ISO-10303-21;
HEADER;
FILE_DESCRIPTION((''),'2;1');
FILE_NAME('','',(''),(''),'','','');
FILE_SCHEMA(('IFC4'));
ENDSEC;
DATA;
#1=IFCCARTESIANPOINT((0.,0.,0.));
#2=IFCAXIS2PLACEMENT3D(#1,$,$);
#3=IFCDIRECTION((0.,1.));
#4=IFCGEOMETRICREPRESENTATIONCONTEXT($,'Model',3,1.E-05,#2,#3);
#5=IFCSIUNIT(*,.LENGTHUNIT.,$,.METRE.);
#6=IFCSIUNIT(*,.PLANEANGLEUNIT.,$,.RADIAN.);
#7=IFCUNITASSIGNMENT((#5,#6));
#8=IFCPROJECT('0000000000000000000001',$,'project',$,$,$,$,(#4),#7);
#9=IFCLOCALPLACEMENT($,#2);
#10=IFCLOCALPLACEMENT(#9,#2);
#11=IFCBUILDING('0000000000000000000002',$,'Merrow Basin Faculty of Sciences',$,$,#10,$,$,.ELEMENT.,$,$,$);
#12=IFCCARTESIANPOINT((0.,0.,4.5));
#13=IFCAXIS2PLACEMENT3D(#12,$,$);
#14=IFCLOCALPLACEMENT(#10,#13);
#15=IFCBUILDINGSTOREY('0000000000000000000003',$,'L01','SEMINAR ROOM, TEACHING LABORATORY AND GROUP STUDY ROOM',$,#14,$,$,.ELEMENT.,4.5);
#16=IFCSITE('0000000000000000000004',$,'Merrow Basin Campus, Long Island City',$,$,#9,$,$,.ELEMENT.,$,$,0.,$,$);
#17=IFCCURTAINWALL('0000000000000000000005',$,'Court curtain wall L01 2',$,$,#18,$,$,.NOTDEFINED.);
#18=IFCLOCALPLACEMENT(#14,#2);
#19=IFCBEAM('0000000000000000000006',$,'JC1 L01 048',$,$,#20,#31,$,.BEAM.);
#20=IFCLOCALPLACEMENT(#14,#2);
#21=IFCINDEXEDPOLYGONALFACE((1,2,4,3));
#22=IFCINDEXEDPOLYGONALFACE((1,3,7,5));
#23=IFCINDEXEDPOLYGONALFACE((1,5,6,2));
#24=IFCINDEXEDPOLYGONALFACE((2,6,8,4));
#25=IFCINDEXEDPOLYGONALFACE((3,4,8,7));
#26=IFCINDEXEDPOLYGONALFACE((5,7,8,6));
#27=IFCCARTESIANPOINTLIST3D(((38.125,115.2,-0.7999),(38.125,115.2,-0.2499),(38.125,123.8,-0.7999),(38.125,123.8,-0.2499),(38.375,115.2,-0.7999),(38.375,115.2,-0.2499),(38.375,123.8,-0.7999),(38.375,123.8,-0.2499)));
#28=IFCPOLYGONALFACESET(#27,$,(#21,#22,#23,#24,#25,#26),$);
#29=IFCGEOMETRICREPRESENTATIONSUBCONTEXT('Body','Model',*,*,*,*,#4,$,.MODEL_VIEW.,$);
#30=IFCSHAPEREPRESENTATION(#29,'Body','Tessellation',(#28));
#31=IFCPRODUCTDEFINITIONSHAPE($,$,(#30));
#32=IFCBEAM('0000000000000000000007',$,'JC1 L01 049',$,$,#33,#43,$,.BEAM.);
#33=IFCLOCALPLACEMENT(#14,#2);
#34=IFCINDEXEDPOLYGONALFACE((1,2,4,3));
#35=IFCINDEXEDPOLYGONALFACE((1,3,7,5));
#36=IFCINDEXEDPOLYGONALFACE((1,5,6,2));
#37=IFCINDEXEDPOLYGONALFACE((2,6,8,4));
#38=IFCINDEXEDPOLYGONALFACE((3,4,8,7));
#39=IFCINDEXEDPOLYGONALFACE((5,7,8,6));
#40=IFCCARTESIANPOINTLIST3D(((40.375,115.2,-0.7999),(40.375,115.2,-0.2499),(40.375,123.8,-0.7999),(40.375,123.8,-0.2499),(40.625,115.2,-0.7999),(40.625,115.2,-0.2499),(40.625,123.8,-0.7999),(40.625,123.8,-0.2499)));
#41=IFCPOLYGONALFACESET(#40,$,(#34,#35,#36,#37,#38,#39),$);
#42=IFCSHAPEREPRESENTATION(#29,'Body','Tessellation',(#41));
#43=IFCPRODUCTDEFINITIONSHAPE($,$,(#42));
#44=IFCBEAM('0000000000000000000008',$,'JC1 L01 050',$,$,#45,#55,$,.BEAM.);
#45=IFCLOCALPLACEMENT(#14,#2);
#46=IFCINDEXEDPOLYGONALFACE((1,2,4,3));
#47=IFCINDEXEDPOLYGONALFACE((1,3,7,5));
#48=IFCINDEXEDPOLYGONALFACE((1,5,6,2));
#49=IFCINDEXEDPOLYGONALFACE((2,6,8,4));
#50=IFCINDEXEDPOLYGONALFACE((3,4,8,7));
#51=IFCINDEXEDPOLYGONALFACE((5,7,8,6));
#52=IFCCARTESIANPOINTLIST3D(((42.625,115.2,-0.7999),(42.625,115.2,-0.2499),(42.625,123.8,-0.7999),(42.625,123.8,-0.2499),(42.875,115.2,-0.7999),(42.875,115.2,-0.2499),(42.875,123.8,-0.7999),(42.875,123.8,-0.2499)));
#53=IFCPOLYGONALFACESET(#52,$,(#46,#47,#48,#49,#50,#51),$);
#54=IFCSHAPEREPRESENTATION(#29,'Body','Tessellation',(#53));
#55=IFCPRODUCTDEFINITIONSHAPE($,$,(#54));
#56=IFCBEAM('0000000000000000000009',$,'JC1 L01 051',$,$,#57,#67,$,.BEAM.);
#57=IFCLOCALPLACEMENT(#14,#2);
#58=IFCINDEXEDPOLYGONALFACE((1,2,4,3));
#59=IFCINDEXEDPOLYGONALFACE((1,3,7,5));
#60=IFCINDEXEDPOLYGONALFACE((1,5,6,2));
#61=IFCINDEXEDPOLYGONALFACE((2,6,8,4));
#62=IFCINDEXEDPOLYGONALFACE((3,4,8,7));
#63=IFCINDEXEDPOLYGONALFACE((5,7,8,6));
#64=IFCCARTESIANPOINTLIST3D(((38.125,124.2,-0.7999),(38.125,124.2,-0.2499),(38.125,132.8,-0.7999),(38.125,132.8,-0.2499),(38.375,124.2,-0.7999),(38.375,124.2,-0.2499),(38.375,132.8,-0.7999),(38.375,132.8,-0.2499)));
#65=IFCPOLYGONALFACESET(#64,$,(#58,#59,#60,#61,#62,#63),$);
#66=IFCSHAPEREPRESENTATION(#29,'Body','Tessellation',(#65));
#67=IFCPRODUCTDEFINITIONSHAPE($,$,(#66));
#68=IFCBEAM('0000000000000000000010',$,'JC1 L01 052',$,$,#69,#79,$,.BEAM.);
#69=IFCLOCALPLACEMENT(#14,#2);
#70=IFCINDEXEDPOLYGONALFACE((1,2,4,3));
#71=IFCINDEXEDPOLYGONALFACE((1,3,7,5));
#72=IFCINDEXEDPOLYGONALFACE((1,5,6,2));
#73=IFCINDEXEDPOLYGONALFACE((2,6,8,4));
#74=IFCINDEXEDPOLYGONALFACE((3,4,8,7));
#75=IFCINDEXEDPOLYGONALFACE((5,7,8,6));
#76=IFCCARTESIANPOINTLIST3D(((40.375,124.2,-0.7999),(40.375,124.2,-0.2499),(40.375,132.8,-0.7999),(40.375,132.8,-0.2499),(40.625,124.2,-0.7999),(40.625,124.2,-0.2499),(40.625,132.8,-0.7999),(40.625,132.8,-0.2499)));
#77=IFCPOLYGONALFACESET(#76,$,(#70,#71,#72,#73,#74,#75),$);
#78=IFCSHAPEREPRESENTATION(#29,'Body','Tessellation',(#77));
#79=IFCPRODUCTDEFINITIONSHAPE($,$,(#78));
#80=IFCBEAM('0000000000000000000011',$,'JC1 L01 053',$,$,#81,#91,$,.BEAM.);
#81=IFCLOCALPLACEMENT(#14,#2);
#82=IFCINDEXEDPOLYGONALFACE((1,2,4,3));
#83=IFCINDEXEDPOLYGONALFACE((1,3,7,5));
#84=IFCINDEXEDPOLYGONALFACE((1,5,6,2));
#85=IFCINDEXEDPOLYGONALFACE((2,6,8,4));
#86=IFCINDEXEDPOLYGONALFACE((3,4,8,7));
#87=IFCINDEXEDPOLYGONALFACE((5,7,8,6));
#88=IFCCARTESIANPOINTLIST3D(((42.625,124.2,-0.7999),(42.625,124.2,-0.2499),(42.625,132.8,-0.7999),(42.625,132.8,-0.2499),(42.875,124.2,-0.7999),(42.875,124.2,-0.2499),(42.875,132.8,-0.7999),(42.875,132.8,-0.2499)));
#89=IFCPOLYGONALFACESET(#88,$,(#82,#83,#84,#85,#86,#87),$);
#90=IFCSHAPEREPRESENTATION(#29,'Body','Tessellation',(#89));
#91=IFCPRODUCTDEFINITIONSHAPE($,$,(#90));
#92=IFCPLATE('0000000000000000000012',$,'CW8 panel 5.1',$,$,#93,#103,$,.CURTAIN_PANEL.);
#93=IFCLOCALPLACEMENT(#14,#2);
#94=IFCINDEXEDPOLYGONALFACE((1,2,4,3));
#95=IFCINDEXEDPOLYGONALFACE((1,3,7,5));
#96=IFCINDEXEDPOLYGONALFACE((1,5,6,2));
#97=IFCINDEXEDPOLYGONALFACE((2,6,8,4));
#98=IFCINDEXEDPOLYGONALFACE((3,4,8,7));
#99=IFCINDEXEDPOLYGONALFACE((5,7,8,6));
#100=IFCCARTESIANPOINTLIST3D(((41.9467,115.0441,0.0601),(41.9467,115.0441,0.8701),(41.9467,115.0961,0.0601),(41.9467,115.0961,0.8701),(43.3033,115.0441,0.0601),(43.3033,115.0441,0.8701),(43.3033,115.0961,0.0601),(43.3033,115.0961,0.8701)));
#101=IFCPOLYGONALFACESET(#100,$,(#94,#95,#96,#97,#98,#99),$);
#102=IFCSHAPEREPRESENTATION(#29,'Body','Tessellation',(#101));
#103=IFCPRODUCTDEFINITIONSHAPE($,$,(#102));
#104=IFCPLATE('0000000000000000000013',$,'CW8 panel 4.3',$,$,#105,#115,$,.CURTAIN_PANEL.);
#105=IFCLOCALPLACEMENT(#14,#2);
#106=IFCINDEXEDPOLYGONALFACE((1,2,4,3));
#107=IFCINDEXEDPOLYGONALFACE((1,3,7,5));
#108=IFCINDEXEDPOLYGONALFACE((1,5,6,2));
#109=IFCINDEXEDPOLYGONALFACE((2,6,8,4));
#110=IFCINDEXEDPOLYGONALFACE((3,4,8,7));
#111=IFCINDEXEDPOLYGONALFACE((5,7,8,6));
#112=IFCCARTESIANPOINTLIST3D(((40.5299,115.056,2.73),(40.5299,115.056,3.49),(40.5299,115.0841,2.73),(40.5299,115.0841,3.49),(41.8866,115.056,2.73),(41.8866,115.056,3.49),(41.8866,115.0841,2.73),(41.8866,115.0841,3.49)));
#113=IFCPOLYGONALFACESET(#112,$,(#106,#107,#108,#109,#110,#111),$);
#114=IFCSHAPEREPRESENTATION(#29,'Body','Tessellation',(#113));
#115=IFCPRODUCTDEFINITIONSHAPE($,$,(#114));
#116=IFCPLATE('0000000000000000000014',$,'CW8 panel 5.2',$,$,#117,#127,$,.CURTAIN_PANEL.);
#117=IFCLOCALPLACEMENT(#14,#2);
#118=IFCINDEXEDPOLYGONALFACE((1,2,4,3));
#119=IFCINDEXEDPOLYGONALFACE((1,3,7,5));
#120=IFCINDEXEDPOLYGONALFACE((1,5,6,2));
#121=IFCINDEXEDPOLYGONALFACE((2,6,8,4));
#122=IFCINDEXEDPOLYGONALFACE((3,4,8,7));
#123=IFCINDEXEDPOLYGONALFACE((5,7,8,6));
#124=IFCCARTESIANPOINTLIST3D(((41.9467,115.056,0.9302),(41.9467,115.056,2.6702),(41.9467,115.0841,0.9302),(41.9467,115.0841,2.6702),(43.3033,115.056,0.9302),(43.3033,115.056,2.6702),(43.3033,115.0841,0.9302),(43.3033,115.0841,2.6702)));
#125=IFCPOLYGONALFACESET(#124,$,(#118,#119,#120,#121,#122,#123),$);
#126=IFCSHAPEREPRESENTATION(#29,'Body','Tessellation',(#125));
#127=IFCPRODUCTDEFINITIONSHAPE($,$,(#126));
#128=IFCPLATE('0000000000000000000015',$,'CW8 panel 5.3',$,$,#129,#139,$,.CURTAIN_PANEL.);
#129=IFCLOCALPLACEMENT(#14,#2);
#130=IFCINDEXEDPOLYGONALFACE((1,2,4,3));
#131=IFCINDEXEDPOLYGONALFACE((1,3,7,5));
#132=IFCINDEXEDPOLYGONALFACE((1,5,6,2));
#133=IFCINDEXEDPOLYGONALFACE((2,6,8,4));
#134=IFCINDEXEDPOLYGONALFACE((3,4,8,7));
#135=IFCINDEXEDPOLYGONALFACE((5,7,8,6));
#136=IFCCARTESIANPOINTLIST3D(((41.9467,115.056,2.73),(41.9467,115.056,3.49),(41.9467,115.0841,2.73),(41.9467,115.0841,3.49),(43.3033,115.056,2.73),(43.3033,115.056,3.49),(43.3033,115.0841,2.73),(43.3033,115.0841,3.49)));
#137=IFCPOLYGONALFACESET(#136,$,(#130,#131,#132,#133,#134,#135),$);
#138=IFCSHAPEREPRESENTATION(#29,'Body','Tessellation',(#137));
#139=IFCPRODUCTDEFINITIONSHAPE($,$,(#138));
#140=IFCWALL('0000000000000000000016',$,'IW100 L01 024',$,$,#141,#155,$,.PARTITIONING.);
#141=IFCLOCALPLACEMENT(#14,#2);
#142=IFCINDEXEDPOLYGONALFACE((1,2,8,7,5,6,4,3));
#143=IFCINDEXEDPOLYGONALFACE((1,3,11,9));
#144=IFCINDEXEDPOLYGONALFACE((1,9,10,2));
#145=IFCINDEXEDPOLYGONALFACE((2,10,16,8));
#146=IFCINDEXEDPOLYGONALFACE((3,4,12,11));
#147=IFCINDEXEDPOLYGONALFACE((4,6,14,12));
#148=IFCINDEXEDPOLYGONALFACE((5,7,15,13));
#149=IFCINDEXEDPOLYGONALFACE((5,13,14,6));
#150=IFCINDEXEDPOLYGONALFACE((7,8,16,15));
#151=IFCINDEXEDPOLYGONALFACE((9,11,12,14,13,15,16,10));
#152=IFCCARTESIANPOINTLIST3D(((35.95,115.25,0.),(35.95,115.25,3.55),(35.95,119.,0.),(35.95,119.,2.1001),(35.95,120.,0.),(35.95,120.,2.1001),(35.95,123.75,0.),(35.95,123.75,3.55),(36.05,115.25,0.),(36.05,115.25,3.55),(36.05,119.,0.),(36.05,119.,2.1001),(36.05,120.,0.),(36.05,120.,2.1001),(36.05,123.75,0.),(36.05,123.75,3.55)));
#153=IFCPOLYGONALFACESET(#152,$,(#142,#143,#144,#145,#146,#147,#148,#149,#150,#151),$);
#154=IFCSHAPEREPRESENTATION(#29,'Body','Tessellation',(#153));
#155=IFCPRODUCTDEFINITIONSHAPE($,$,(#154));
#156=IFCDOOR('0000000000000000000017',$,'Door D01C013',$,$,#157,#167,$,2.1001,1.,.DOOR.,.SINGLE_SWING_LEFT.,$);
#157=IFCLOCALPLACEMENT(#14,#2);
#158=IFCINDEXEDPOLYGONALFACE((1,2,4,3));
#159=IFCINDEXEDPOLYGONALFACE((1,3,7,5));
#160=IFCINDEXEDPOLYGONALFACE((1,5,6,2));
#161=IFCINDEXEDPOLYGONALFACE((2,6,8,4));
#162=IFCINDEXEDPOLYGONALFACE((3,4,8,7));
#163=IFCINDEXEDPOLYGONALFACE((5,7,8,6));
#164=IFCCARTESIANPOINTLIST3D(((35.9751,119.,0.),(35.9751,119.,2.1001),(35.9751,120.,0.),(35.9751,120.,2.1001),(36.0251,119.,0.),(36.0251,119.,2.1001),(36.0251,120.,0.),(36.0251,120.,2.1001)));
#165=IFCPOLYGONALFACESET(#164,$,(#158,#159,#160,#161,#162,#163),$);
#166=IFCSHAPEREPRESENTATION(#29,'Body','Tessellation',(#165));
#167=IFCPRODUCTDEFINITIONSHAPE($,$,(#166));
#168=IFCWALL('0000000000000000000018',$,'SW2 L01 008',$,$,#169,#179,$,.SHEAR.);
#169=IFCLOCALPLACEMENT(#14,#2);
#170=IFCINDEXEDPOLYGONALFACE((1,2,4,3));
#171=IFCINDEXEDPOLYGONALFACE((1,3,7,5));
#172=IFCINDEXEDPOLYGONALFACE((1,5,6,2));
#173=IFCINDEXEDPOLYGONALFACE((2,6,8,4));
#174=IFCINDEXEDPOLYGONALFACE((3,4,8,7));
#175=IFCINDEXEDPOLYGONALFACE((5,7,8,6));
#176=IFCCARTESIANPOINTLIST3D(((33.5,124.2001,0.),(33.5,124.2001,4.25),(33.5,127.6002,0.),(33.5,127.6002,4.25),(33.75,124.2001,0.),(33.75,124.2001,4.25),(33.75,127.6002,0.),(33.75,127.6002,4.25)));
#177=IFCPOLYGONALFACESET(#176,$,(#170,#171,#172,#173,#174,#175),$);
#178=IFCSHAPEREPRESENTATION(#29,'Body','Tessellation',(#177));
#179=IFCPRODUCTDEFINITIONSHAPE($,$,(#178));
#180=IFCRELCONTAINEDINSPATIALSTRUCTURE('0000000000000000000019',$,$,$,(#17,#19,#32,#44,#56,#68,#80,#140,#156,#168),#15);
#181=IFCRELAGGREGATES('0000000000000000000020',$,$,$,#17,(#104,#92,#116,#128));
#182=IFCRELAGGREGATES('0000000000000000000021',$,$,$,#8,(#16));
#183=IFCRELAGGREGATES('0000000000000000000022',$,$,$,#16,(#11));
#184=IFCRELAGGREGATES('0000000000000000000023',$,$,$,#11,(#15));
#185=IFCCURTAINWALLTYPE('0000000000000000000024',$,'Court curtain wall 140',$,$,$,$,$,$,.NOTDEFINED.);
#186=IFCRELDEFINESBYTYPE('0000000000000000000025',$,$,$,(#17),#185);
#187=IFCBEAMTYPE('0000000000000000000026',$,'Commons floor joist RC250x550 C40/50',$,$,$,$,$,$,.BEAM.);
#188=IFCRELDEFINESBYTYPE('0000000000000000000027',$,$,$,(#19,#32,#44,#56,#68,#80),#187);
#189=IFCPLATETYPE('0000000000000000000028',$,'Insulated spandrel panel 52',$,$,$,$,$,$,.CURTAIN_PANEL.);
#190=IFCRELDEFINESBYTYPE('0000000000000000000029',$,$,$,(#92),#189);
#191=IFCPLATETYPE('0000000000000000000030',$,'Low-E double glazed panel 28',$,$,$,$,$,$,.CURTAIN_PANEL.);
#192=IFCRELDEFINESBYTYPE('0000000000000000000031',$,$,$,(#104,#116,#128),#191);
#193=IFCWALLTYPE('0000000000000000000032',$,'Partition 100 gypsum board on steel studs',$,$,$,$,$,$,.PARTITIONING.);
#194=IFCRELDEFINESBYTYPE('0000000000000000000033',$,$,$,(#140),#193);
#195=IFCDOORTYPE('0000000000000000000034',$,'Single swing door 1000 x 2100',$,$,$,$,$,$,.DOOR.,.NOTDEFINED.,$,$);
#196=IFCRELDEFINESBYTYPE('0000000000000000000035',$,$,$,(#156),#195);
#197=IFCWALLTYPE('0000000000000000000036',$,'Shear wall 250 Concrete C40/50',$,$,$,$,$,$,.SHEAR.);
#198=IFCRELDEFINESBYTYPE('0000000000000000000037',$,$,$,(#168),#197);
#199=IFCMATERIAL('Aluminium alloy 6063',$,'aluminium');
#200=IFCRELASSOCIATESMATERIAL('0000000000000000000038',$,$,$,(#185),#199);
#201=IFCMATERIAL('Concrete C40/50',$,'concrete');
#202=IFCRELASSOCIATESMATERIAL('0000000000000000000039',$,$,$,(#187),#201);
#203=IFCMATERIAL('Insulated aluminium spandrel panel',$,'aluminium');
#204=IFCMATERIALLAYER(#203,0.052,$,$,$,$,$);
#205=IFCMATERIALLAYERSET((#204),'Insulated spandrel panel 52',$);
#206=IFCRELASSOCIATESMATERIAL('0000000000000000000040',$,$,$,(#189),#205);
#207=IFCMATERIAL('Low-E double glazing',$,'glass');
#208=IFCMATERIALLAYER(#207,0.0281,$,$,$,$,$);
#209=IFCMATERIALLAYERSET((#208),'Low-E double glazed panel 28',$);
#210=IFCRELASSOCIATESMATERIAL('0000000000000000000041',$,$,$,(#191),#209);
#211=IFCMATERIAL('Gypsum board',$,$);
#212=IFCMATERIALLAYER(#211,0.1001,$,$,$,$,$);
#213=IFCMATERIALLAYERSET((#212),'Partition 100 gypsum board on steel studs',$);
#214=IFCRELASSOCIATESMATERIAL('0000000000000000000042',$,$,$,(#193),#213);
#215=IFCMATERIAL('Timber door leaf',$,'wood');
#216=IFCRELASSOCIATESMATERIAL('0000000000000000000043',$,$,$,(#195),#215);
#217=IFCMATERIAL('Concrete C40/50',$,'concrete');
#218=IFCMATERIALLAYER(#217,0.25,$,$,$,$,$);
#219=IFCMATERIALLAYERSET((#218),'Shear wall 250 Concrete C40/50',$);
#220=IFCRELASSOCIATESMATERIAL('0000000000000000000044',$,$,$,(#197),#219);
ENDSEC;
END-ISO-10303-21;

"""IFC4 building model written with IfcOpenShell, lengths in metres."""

from ifc_helpers import new_model, si_unit, direction, frame, frame_2d, origin, origin_2d, place, context, subcontext, project, spatial, rectangle, extrude, material, layer, layer_set, material_profile, profile_set, type_object, element, fill, aggregate, save


model = new_model("IFC4")

# Units and contexts
model_context = context("Model", 3, precision=1e-05, world=origin(), true_north=direction((0.0, 1.0)))
body_context = subcontext(model_context, "Body", "Model", "MODEL_VIEW")
ifc_project = project(units=[si_unit("LENGTHUNIT", "METRE"), si_unit("PLANEANGLEUNIT", "RADIAN")], contexts=[model_context])

# Site, building, storey
site_placement = place(None, origin())
site = spatial("IfcSite", under=ifc_project, at=site_placement, Name="Merrow Basin Campus, Long Island City", CompositionType="ELEMENT", RefElevation=0.0)
building_placement = place(site_placement, origin())
building = spatial("IfcBuilding", under=site, at=building_placement, Name="Merrow Basin Faculty of Sciences", CompositionType="ELEMENT")
storey_placement = place(building_placement, frame((0.0, 0.0, 4.5)))
storey = spatial("IfcBuildingStorey", under=building, at=storey_placement, Name="L01", Description="SEMINAR ROOM, TEACHING LABORATORY AND GROUP STUDY ROOM", CompositionType="ELEMENT", Elevation=4.5)

# Curtain wall
ifc_material_1 = material(Name="Aluminium alloy 6063", Category="aluminium")
curtain_wall_type = type_object("IfcCurtainWallType", Name="Court curtain wall 140", PredefinedType="NOTDEFINED", material=ifc_material_1)
curtain_wall_placement = place(storey_placement, origin())
curtain_wall = element("IfcCurtainWall", 1, at=curtain_wall_placement, inside=storey, type_object=curtain_wall_type, Name="Court curtain wall L01 2", PredefinedType="NOTDEFINED")

# Beams
ifc_material_2 = material(Name="Concrete C40/50", Category="concrete")
ifc_material_profile_1 = material_profile(ifc_material_2, rectangle(XDim=0.25, YDim=0.55, at=origin_2d()))
ifc_profile_set_1 = profile_set([ifc_material_profile_1], Name="Concrete C40/50")
beam_type_1 = type_object("IfcBeamType", Name="Commons floor joist RC250x550 C40/50", PredefinedType="BEAM", material=ifc_profile_set_1)
for number, where, z_axis, x_axis, name in (
    (2, (38.25, 115.2, -0.5249), (0.0, 1.0, 0.0), (-1.0, 0.0, 0.0), "JC1 L01 048"),
    (3, (40.5, 115.2, -0.5249), (0.0, 1.0, 0.0), (-1.0, 0.0, 0.0), "JC1 L01 049"),
    (4, (42.75, 115.2, -0.5249), (0.0, 1.0, 0.0), (-1.0, 0.0, 0.0), "JC1 L01 050"),
    (5, (38.25, 124.2, -0.5249), (0.0, 1.0, 0.0), (-1.0, 0.0, 0.0), "JC1 L01 051"),
    (6, (40.5, 124.2, -0.5249), (0.0, 1.0, 0.0), (-1.0, 0.0, 0.0), "JC1 L01 052"),
    (7, (42.75, 124.2, -0.5249), (0.0, 1.0, 0.0), (-1.0, 0.0, 0.0), "JC1 L01 053"),
):
    element("IfcBeam", number, at=place(storey_placement, frame(where, z_axis=z_axis, x_axis=x_axis)), inside=storey, type_object=beam_type_1, Name=name, PredefinedType="BEAM", context=body_context, shape_type="SweptSolid", body=[
        extrude(rectangle(XDim=0.25, YDim=0.55, at=origin_2d()), origin(), (0.0, 0.0, 1.0), 8.6001),
    ])

# Plates
ifc_material_3 = material(Name="Insulated aluminium spandrel panel", Category="aluminium")
ifc_layer_1 = layer(ifc_material_3, 0.052)
ifc_layer_set_1 = layer_set([ifc_layer_1], Name="Insulated spandrel panel 52")
plate_type_1 = type_object("IfcPlateType", Name="Insulated spandrel panel 52", PredefinedType="CURTAIN_PANEL", material=ifc_layer_set_1)
plate_1_placement = place(storey_placement, frame((42.625, 115.0701, 0.0601), z_axis=(0.0, 0.0, 1.0), x_axis=(1.0, 0.0, 0.0)))
plate_1 = element("IfcPlate", 8, at=plate_1_placement, type_object=plate_type_1, Name="CW8 panel 5.1", PredefinedType="CURTAIN_PANEL", context=body_context, shape_type="SweptSolid", body=[
    extrude(rectangle(XDim=1.3567, YDim=0.052, at=origin_2d()), origin(), (0.0, 0.0, 1.0), 0.8101),
])
ifc_material_4 = material(Name="Low-E double glazing", Category="glass")
ifc_layer_2 = layer(ifc_material_4, 0.0281)
ifc_layer_set_2 = layer_set([ifc_layer_2], Name="Low-E double glazed panel 28")
plate_type_2 = type_object("IfcPlateType", Name="Low-E double glazed panel 28", PredefinedType="CURTAIN_PANEL", material=ifc_layer_set_2)
plate_2_placement = place(storey_placement, frame((41.2083, 115.0701, 2.73), z_axis=(0.0, 0.0, 1.0), x_axis=(1.0, 0.0, 0.0)))
plate_2 = element("IfcPlate", 9, at=plate_2_placement, type_object=plate_type_2, Name="CW8 panel 4.3", PredefinedType="CURTAIN_PANEL", context=body_context, shape_type="SweptSolid", body=[
    extrude(rectangle(XDim=1.3567, YDim=0.0281, at=origin_2d()), origin(), (0.0, 0.0, 1.0), 0.76),
])
plate_3_placement = place(storey_placement, frame((42.625, 115.0701, 0.9302), z_axis=(0.0, 0.0, 1.0), x_axis=(1.0, 0.0, 0.0)))
plate_3 = element("IfcPlate", 10, at=plate_3_placement, type_object=plate_type_2, Name="CW8 panel 5.2", PredefinedType="CURTAIN_PANEL", context=body_context, shape_type="SweptSolid", body=[
    extrude(rectangle(XDim=1.3567, YDim=0.0281, at=origin_2d()), origin(), (0.0, 0.0, 1.0), 1.74),
])
plate_4_placement = place(storey_placement, frame((42.625, 115.0701, 2.73), z_axis=(0.0, 0.0, 1.0), x_axis=(1.0, 0.0, 0.0)))
plate_4 = element("IfcPlate", 11, at=plate_4_placement, type_object=plate_type_2, Name="CW8 panel 5.3", PredefinedType="CURTAIN_PANEL", context=body_context, shape_type="SweptSolid", body=[
    extrude(rectangle(XDim=1.3567, YDim=0.0281, at=origin_2d()), origin(), (0.0, 0.0, 1.0), 0.76),
])
aggregate(curtain_wall, [plate_2, plate_1, plate_3, plate_4])

# Wall, opening, door
ifc_material_5 = material(Name="Gypsum board")
ifc_layer_3 = layer(ifc_material_5, 0.1001)
ifc_layer_set_3 = layer_set([ifc_layer_3], Name="Partition 100 gypsum board on steel studs")
wall_type_1 = type_object("IfcWallType", Name="Partition 100 gypsum board on steel studs", PredefinedType="PARTITIONING", material=ifc_layer_set_3)
wall_1_placement = place(storey_placement, frame((36.0, 115.25, 0.0), z_axis=(0.0, 0.0, 1.0), x_axis=(0.0, 1.0, 0.0)))
wall_1 = element("IfcWall", 12, at=wall_1_placement, inside=storey, type_object=wall_type_1, Name="IW100 L01 024", PredefinedType="PARTITIONING", context=body_context, shape_type="SweptSolid", body=[
    extrude(rectangle(XDim=8.5, YDim=0.1001, at=frame_2d((4.25, 0.0))), origin(), (0.0, 0.0, 1.0), 3.55),
])
opening_1_placement = place(wall_1_placement, frame((3.75, 0.0, 0.0)))
opening_1 = element("IfcOpeningElement", 13, at=opening_1_placement, cuts=wall_1, PredefinedType="OPENING", context=body_context, shape_type="SweptSolid", body=[
    extrude(rectangle(XDim=1.0, YDim=2.1001, at=frame_2d((0.5, 1.05))), frame((0.0, 0.0601, 0.0), z_axis=(0.0, -1.0, 0.0), x_axis=(1.0, 0.0, 0.0)), (0.0, 0.0, 1.0), 0.1201),
])
ifc_material_6 = material(Name="Timber door leaf", Category="wood")
door_type_1 = type_object("IfcDoorType", Name="Single swing door 1000 x 2100", OperationType="NOTDEFINED", PredefinedType="DOOR", material=ifc_material_6)
door_1_placement = place(opening_1_placement, origin())
door_1 = element("IfcDoor", 14, at=door_1_placement, inside=storey, type_object=door_type_1, Name="Door D01C013", OperationType="SINGLE_SWING_LEFT", OverallHeight=2.1001, OverallWidth=1.0, PredefinedType="DOOR", context=body_context, shape_type="SweptSolid", body=[
    extrude(rectangle(XDim=1.0, YDim=2.1001, at=frame_2d((0.5, 1.05))), frame((0.0, 0.0249, 0.0), z_axis=(0.0, -1.0, 0.0), x_axis=(1.0, 0.0, 0.0)), (0.0, 0.0, 1.0), 0.05),
])
fill(opening_1, door_1)

# Wall
ifc_material_7 = material(Name="Concrete C40/50", Category="concrete")
ifc_layer_4 = layer(ifc_material_7, 0.25)
ifc_layer_set_4 = layer_set([ifc_layer_4], Name="Shear wall 250 Concrete C40/50")
wall_type_2 = type_object("IfcWallType", Name="Shear wall 250 Concrete C40/50", PredefinedType="SHEAR", material=ifc_layer_set_4)
wall_2_placement = place(storey_placement, frame((33.625, 124.2, 0.0), z_axis=(0.0, 0.0, 1.0), x_axis=(0.0, 1.0, 0.0)))
element("IfcWall", 15, at=wall_2_placement, inside=storey, type_object=wall_type_2, Name="SW2 L01 008", PredefinedType="SHEAR", context=body_context, shape_type="SweptSolid", body=[
    extrude(rectangle(XDim=3.4001, YDim=0.25, at=frame_2d((1.7002, 0.0))), origin(), (0.0, 0.0, 1.0), 4.25),
])

save(model, "model.ifc")
